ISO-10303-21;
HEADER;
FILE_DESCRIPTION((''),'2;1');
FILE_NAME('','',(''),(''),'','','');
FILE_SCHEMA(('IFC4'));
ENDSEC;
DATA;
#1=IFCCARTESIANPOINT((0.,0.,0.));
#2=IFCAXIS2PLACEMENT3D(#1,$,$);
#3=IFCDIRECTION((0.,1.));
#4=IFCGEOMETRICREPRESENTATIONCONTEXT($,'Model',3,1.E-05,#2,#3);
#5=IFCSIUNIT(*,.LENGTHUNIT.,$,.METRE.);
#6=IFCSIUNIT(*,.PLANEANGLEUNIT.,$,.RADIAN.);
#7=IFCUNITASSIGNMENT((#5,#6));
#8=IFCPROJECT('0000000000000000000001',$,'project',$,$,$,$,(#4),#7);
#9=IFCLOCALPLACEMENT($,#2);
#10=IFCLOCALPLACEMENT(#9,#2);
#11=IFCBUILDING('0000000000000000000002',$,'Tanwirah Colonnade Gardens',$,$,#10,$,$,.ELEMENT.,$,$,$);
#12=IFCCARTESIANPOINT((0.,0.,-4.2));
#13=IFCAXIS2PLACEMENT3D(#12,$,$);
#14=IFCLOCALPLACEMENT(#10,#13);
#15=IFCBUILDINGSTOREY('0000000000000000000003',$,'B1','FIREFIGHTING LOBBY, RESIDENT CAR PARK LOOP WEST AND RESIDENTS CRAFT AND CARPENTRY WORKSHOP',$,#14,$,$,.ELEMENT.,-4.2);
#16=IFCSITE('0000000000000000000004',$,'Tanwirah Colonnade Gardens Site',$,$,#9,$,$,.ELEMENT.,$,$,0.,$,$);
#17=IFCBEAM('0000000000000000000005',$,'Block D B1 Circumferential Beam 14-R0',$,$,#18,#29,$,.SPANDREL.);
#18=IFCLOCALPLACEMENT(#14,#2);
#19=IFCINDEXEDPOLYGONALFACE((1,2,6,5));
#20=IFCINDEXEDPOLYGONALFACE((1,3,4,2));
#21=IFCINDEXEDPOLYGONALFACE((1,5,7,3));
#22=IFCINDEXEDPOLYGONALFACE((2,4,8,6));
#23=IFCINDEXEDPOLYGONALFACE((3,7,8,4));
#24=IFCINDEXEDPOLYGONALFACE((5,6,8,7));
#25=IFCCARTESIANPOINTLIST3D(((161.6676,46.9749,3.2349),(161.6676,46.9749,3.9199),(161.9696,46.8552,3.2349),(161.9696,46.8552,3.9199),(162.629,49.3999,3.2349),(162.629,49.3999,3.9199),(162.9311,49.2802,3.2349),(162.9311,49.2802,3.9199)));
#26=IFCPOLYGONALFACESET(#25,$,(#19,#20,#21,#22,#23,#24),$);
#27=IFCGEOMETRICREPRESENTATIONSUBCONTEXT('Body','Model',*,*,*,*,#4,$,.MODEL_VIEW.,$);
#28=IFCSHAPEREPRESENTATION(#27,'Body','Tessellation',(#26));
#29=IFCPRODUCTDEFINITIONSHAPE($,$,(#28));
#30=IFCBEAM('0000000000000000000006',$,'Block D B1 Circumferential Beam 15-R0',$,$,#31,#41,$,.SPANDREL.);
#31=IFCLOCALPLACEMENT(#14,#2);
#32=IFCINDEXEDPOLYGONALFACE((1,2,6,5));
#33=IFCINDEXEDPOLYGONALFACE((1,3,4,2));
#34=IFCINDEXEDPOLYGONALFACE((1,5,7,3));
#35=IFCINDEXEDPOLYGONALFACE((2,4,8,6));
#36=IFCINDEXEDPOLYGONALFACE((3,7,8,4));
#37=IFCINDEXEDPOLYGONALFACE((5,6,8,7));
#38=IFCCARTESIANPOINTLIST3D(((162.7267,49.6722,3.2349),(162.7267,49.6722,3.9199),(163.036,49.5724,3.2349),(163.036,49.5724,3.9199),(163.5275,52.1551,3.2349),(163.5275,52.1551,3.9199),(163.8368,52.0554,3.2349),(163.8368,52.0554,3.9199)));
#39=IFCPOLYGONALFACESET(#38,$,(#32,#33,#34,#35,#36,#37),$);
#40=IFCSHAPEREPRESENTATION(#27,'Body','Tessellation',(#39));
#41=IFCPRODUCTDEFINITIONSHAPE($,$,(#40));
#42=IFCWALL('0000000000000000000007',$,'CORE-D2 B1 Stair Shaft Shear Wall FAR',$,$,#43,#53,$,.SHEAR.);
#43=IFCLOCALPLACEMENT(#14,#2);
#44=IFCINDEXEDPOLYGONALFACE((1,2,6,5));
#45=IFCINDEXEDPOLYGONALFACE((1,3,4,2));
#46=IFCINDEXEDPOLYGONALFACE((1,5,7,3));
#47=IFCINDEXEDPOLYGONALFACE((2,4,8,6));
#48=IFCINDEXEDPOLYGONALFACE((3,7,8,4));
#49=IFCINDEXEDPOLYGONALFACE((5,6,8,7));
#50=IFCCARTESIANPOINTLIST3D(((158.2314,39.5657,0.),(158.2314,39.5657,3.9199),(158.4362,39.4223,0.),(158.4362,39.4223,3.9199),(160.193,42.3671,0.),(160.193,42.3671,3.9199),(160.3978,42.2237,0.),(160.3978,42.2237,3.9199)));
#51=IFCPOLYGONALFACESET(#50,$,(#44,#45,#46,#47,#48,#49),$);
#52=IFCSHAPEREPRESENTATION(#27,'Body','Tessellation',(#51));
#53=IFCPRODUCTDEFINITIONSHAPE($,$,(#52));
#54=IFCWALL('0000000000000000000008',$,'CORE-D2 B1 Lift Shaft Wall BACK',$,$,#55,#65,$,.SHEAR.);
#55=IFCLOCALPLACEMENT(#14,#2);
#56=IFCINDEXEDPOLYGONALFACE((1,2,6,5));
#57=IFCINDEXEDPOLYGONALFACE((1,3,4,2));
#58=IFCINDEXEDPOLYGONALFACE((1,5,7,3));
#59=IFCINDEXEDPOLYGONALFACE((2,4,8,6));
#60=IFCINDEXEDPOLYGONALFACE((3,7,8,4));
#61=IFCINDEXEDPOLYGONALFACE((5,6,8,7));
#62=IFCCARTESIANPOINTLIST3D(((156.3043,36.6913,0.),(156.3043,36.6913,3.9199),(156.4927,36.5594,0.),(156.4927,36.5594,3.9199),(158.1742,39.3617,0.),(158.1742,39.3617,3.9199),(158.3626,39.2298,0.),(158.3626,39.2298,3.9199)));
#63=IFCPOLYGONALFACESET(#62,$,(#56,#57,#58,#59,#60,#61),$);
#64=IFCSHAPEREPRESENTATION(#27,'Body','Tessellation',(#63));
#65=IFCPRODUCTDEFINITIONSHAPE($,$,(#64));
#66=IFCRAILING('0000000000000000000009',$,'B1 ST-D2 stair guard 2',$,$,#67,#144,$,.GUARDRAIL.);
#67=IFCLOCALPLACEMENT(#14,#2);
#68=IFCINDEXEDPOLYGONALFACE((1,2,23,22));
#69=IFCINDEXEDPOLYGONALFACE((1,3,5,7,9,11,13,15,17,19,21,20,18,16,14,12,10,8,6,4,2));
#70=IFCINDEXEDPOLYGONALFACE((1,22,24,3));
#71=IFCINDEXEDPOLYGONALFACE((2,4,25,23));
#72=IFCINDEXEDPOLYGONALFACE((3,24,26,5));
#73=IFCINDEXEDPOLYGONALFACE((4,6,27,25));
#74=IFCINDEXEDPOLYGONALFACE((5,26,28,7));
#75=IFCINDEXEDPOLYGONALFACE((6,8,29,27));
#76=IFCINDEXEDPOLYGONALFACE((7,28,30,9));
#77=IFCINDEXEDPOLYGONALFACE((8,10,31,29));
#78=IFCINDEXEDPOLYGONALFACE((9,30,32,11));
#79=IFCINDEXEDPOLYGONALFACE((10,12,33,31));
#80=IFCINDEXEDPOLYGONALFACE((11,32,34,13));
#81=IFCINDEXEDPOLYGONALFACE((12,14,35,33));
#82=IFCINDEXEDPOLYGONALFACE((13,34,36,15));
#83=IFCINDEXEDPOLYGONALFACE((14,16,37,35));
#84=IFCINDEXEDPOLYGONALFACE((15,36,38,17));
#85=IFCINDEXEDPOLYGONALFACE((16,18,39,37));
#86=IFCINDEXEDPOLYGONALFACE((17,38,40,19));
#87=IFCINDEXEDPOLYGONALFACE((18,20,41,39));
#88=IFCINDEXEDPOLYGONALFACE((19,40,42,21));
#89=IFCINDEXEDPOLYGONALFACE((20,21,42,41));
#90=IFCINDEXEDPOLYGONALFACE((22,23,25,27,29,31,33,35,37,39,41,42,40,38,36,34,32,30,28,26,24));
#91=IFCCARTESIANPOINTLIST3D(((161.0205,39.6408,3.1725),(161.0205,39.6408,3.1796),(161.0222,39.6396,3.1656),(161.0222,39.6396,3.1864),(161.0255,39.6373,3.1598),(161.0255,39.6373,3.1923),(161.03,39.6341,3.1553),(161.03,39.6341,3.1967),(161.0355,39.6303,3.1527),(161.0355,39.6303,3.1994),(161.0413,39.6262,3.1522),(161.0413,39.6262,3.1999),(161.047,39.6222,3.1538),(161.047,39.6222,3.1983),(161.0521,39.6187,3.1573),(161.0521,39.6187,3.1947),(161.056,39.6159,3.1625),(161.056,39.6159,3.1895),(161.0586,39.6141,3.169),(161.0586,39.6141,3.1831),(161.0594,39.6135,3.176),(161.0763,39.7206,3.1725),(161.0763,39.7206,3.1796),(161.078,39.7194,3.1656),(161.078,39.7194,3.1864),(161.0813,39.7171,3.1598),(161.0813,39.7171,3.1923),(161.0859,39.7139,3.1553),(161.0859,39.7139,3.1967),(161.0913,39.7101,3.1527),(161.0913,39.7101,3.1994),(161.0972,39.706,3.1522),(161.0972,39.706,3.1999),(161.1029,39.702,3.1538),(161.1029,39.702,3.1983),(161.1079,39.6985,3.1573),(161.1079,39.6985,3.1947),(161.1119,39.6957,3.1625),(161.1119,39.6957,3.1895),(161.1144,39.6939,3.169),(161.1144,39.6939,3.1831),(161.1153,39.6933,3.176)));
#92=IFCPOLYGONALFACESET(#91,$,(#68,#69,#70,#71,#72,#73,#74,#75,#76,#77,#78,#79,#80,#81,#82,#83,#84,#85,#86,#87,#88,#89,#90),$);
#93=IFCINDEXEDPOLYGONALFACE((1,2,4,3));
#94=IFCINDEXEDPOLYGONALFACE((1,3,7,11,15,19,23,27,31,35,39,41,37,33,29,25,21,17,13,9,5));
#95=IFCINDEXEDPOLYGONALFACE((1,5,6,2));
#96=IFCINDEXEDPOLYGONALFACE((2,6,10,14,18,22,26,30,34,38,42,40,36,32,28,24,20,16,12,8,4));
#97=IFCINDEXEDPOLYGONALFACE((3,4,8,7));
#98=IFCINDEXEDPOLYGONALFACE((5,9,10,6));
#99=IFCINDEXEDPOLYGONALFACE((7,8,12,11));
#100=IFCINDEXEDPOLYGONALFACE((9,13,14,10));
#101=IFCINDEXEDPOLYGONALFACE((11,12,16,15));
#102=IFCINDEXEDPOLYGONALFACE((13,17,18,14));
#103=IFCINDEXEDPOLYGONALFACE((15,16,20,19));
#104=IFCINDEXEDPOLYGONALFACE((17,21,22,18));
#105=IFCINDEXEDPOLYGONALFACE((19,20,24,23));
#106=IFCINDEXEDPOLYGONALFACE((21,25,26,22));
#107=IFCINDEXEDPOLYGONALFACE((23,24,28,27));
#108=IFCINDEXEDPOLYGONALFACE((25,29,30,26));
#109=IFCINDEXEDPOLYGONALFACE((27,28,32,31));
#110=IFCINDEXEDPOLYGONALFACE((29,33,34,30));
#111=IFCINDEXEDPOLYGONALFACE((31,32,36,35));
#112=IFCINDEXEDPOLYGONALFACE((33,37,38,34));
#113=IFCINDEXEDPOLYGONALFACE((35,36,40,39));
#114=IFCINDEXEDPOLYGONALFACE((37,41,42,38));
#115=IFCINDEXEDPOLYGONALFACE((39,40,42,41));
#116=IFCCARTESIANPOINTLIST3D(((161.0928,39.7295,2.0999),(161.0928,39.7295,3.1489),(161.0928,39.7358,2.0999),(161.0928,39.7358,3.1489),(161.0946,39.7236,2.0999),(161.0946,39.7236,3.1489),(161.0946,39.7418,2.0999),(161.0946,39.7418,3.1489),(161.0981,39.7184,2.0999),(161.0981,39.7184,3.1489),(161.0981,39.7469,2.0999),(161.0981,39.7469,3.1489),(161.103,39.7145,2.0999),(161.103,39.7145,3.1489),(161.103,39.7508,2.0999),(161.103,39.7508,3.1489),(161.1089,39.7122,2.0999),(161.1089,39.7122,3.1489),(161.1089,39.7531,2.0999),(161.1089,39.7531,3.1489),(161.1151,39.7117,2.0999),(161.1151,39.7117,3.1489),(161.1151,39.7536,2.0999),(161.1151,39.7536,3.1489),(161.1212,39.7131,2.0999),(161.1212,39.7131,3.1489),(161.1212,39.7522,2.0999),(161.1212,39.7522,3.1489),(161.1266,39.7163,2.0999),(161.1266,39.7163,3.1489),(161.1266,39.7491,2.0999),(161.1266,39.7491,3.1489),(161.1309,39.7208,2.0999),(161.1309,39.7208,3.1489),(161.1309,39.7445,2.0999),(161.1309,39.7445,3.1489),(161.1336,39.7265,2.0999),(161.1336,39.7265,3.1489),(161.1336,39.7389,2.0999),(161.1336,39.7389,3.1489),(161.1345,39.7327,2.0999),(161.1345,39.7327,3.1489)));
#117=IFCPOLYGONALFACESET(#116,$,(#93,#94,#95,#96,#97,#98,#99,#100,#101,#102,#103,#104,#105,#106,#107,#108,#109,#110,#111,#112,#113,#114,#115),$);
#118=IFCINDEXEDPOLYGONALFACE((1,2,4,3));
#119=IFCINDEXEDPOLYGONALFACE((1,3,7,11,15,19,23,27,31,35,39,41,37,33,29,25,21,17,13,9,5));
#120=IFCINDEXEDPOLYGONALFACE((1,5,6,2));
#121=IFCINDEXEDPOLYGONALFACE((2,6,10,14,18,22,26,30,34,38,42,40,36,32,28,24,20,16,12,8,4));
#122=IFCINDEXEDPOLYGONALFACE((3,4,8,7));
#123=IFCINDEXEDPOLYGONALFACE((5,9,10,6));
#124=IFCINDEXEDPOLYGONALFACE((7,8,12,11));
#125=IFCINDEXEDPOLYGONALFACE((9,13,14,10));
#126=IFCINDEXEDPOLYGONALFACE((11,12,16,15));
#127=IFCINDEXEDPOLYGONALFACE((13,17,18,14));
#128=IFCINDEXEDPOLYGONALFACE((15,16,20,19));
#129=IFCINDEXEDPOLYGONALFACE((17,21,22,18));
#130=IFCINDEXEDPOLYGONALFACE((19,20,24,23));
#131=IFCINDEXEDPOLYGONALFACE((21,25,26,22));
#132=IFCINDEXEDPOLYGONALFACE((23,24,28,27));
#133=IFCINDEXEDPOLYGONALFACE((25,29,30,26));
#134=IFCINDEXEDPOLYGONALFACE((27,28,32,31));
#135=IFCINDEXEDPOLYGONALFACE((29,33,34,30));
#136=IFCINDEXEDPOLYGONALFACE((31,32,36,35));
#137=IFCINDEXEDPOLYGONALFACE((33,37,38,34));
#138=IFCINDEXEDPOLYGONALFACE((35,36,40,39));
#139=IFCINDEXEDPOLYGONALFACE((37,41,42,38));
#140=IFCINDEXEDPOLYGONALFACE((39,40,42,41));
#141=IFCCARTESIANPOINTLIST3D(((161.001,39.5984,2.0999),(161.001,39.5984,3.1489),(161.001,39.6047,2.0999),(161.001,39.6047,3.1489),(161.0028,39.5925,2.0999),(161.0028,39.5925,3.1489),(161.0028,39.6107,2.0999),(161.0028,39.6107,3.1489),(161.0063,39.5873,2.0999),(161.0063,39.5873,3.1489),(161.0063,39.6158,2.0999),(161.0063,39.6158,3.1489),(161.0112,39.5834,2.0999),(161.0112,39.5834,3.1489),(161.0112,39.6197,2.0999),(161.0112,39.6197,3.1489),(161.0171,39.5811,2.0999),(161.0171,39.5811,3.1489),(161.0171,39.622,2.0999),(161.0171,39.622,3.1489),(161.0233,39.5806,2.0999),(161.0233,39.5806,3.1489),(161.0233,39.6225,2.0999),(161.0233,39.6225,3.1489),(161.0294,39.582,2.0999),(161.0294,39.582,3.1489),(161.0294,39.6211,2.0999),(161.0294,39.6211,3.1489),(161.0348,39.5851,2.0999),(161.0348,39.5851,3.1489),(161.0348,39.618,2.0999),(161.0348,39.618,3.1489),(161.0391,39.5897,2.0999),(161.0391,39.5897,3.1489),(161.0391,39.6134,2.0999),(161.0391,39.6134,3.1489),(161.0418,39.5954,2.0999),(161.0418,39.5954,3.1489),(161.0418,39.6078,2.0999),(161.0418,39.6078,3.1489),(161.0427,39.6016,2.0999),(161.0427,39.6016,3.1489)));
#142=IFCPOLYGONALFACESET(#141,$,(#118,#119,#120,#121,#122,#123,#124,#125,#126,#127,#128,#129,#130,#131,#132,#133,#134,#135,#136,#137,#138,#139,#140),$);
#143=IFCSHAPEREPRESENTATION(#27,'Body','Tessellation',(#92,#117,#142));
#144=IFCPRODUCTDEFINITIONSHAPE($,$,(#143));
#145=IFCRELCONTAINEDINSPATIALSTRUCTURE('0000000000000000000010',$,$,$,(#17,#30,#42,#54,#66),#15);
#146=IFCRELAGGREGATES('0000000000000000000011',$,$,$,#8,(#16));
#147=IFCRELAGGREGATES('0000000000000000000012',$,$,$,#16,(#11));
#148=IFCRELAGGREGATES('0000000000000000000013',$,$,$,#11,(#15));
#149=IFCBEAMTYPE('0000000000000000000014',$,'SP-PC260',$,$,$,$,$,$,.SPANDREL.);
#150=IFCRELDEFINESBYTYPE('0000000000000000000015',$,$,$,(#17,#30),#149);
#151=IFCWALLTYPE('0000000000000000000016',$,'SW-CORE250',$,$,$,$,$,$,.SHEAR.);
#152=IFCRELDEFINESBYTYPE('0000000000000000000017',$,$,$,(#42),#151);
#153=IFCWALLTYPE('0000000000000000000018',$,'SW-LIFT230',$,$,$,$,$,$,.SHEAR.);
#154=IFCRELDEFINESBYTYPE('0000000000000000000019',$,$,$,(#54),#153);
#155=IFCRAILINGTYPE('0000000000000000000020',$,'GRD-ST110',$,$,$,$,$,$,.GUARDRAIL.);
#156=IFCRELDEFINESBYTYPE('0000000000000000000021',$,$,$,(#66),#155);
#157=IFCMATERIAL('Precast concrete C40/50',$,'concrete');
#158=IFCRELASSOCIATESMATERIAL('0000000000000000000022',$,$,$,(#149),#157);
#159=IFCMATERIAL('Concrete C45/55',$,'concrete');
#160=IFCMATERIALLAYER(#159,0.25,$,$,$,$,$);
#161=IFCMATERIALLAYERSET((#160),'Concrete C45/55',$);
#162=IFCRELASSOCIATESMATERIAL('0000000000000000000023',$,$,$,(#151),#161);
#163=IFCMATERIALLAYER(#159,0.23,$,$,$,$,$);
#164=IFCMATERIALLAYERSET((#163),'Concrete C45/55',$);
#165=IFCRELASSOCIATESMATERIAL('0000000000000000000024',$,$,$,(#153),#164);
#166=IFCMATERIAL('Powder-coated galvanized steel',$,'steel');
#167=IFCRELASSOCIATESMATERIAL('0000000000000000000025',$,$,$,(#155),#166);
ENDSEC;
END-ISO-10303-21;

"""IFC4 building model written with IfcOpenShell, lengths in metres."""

from ifc_helpers import new_model, si_unit, direction, frame, frame_2d, origin, origin_2d, place, context, subcontext, project, spatial, rectangle, circle, extrude, material, layer, layer_set, material_profile, profile_set, type_object, element, save


model = new_model("IFC4")

# Units and contexts
model_context = context("Model", 3, precision=1e-05, world=origin(), true_north=direction((0.0, 1.0)))
body_context = subcontext(model_context, "Body", "Model", "MODEL_VIEW")
ifc_project = project(units=[si_unit("LENGTHUNIT", "METRE"), si_unit("PLANEANGLEUNIT", "RADIAN")], contexts=[model_context])

# Site, building, storey
site_placement = place(None, origin())
site = spatial("IfcSite", under=ifc_project, at=site_placement, Name="Tanwirah Colonnade Gardens Site", CompositionType="ELEMENT", RefElevation=0.0)
building_placement = place(site_placement, origin())
building = spatial("IfcBuilding", under=site, at=building_placement, Name="Tanwirah Colonnade Gardens", CompositionType="ELEMENT")
storey_placement = place(building_placement, frame((0.0, 0.0, -4.2)))
storey = spatial("IfcBuildingStorey", under=building, at=storey_placement, Name="B1", Description="FIREFIGHTING LOBBY, RESIDENT CAR PARK LOOP WEST AND RESIDENTS CRAFT AND CARPENTRY WORKSHOP", CompositionType="ELEMENT", Elevation=-4.2)

# Shared definitions
ifc_material_1 = material(Name="Concrete C45/55", Category="concrete")

# Beams
ifc_material_2 = material(Name="Precast concrete C40/50", Category="concrete")
ifc_material_profile_1 = material_profile(ifc_material_2, rectangle(XDim=0.325, YDim=0.6851, at=origin_2d()), Name="PC-SP 325x685")
ifc_profile_set_1 = profile_set([ifc_material_profile_1], Name="Precast concrete C40/50")
beam_type_1 = type_object("IfcBeamType", Name="SP-PC260", PredefinedType="SPANDREL", material=ifc_profile_set_1)
beam_1_placement = place(storey_placement, frame((161.8186, 46.915, 3.5774), z_axis=(0.368549, 0.929608, 0.0), x_axis=(-0.929608, 0.368549, 0.0)))
element("IfcBeam", 1, at=beam_1_placement, inside=storey, type_object=beam_type_1, Name="Block D B1 Circumferential Beam 14-R0", PredefinedType="SPANDREL", context=body_context, shape_type="SweptSolid", body=[
    extrude(rectangle(XDim=0.325, YDim=0.6851, at=origin_2d()), origin(), (0.0, 0.0, 1.0), 2.6086),
])
beam_2_placement = place(storey_placement, frame((162.8813, 49.6223, 3.5774), z_axis=(0.306948, 0.951726, 0.0), x_axis=(-0.951726, 0.306948, 0.0)))
element("IfcBeam", 2, at=beam_2_placement, inside=storey, type_object=beam_type_1, Name="Block D B1 Circumferential Beam 15-R0", PredefinedType="SPANDREL", context=body_context, shape_type="SweptSolid", body=[
    extrude(rectangle(XDim=0.325, YDim=0.6851, at=origin_2d()), origin(), (0.0, 0.0, 1.0), 2.6089),
])

# Walls
ifc_layer_1 = layer(ifc_material_1, 0.25)
ifc_layer_set_1 = layer_set([ifc_layer_1], Name="Concrete C45/55")
wall_type_1 = type_object("IfcWallType", Name="SW-CORE250", PredefinedType="SHEAR", material=ifc_layer_set_1)
wall_1_placement = place(storey_placement, frame((160.2954, 42.2954, 0.0), z_axis=(0.0, 0.0, 1.0), x_axis=(-0.573582, -0.819148, 0.0)))
element("IfcWall", 3, at=wall_1_placement, inside=storey, type_object=wall_type_1, Name="CORE-D2 B1 Stair Shaft Shear Wall FAR", PredefinedType="SHEAR", context=body_context, shape_type="SweptSolid", body=[
    extrude(rectangle(XDim=3.4199, YDim=0.25, at=frame_2d((1.71, 0.0))), origin(), (0.0, 0.0, 1.0), 3.9199),
])
ifc_layer_2 = layer(ifc_material_1, 0.23)
ifc_layer_set_2 = layer_set([ifc_layer_2], Name="Concrete C45/55")
wall_type_2 = type_object("IfcWallType", Name="SW-LIFT230", PredefinedType="SHEAR", material=ifc_layer_set_2)
wall_2_placement = place(storey_placement, frame((158.2683, 39.2957, 0.0), z_axis=(0.0, 0.0, 1.0), x_axis=(-0.573583, -0.819147, 0.0)))
element("IfcWall", 4, at=wall_2_placement, inside=storey, type_object=wall_type_2, Name="CORE-D2 B1 Lift Shaft Wall BACK", PredefinedType="SHEAR", context=body_context, shape_type="SweptSolid", body=[
    extrude(rectangle(XDim=3.26, YDim=0.23, at=frame_2d((1.6299, 0.0))), origin(), (0.0, 0.0, 1.0), 3.9199),
])

# Railing
ifc_material_3 = material(Name="Powder-coated galvanized steel", Category="steel")
railing_type_1 = type_object("IfcRailingType", Name="GRD-ST110", PredefinedType="GUARDRAIL", material=ifc_material_3)
railing_1_placement = place(storey_placement, frame((161.1135, 39.7327, 2.0999)))
element("IfcRailing", 5, at=railing_1_placement, inside=storey, type_object=railing_type_1, Name="B1 ST-D2 stair guard 2", PredefinedType="GUARDRAIL", context=body_context, shape_type="SweptSolid", body=[
    extrude(circle(Radius=0.0239, at=origin_2d()), frame((-0.0178, -0.0256, 1.0762), z_axis=(-0.573565, -0.81916, 0.0), x_axis=(0.81916, -0.573565, 0.0)), (0.0, 0.0, 1.0), 0.0974),
    extrude(circle(Radius=0.021, at=origin_2d()), origin(), (0.0, 0.0, 1.0), 1.0491),
    extrude(circle(Radius=0.021, at=origin_2d()), frame((-0.0918, -0.1311, 0.0)), (0.0, 0.0, 1.0), 1.0491),
])

save(model, "model.ifc")
